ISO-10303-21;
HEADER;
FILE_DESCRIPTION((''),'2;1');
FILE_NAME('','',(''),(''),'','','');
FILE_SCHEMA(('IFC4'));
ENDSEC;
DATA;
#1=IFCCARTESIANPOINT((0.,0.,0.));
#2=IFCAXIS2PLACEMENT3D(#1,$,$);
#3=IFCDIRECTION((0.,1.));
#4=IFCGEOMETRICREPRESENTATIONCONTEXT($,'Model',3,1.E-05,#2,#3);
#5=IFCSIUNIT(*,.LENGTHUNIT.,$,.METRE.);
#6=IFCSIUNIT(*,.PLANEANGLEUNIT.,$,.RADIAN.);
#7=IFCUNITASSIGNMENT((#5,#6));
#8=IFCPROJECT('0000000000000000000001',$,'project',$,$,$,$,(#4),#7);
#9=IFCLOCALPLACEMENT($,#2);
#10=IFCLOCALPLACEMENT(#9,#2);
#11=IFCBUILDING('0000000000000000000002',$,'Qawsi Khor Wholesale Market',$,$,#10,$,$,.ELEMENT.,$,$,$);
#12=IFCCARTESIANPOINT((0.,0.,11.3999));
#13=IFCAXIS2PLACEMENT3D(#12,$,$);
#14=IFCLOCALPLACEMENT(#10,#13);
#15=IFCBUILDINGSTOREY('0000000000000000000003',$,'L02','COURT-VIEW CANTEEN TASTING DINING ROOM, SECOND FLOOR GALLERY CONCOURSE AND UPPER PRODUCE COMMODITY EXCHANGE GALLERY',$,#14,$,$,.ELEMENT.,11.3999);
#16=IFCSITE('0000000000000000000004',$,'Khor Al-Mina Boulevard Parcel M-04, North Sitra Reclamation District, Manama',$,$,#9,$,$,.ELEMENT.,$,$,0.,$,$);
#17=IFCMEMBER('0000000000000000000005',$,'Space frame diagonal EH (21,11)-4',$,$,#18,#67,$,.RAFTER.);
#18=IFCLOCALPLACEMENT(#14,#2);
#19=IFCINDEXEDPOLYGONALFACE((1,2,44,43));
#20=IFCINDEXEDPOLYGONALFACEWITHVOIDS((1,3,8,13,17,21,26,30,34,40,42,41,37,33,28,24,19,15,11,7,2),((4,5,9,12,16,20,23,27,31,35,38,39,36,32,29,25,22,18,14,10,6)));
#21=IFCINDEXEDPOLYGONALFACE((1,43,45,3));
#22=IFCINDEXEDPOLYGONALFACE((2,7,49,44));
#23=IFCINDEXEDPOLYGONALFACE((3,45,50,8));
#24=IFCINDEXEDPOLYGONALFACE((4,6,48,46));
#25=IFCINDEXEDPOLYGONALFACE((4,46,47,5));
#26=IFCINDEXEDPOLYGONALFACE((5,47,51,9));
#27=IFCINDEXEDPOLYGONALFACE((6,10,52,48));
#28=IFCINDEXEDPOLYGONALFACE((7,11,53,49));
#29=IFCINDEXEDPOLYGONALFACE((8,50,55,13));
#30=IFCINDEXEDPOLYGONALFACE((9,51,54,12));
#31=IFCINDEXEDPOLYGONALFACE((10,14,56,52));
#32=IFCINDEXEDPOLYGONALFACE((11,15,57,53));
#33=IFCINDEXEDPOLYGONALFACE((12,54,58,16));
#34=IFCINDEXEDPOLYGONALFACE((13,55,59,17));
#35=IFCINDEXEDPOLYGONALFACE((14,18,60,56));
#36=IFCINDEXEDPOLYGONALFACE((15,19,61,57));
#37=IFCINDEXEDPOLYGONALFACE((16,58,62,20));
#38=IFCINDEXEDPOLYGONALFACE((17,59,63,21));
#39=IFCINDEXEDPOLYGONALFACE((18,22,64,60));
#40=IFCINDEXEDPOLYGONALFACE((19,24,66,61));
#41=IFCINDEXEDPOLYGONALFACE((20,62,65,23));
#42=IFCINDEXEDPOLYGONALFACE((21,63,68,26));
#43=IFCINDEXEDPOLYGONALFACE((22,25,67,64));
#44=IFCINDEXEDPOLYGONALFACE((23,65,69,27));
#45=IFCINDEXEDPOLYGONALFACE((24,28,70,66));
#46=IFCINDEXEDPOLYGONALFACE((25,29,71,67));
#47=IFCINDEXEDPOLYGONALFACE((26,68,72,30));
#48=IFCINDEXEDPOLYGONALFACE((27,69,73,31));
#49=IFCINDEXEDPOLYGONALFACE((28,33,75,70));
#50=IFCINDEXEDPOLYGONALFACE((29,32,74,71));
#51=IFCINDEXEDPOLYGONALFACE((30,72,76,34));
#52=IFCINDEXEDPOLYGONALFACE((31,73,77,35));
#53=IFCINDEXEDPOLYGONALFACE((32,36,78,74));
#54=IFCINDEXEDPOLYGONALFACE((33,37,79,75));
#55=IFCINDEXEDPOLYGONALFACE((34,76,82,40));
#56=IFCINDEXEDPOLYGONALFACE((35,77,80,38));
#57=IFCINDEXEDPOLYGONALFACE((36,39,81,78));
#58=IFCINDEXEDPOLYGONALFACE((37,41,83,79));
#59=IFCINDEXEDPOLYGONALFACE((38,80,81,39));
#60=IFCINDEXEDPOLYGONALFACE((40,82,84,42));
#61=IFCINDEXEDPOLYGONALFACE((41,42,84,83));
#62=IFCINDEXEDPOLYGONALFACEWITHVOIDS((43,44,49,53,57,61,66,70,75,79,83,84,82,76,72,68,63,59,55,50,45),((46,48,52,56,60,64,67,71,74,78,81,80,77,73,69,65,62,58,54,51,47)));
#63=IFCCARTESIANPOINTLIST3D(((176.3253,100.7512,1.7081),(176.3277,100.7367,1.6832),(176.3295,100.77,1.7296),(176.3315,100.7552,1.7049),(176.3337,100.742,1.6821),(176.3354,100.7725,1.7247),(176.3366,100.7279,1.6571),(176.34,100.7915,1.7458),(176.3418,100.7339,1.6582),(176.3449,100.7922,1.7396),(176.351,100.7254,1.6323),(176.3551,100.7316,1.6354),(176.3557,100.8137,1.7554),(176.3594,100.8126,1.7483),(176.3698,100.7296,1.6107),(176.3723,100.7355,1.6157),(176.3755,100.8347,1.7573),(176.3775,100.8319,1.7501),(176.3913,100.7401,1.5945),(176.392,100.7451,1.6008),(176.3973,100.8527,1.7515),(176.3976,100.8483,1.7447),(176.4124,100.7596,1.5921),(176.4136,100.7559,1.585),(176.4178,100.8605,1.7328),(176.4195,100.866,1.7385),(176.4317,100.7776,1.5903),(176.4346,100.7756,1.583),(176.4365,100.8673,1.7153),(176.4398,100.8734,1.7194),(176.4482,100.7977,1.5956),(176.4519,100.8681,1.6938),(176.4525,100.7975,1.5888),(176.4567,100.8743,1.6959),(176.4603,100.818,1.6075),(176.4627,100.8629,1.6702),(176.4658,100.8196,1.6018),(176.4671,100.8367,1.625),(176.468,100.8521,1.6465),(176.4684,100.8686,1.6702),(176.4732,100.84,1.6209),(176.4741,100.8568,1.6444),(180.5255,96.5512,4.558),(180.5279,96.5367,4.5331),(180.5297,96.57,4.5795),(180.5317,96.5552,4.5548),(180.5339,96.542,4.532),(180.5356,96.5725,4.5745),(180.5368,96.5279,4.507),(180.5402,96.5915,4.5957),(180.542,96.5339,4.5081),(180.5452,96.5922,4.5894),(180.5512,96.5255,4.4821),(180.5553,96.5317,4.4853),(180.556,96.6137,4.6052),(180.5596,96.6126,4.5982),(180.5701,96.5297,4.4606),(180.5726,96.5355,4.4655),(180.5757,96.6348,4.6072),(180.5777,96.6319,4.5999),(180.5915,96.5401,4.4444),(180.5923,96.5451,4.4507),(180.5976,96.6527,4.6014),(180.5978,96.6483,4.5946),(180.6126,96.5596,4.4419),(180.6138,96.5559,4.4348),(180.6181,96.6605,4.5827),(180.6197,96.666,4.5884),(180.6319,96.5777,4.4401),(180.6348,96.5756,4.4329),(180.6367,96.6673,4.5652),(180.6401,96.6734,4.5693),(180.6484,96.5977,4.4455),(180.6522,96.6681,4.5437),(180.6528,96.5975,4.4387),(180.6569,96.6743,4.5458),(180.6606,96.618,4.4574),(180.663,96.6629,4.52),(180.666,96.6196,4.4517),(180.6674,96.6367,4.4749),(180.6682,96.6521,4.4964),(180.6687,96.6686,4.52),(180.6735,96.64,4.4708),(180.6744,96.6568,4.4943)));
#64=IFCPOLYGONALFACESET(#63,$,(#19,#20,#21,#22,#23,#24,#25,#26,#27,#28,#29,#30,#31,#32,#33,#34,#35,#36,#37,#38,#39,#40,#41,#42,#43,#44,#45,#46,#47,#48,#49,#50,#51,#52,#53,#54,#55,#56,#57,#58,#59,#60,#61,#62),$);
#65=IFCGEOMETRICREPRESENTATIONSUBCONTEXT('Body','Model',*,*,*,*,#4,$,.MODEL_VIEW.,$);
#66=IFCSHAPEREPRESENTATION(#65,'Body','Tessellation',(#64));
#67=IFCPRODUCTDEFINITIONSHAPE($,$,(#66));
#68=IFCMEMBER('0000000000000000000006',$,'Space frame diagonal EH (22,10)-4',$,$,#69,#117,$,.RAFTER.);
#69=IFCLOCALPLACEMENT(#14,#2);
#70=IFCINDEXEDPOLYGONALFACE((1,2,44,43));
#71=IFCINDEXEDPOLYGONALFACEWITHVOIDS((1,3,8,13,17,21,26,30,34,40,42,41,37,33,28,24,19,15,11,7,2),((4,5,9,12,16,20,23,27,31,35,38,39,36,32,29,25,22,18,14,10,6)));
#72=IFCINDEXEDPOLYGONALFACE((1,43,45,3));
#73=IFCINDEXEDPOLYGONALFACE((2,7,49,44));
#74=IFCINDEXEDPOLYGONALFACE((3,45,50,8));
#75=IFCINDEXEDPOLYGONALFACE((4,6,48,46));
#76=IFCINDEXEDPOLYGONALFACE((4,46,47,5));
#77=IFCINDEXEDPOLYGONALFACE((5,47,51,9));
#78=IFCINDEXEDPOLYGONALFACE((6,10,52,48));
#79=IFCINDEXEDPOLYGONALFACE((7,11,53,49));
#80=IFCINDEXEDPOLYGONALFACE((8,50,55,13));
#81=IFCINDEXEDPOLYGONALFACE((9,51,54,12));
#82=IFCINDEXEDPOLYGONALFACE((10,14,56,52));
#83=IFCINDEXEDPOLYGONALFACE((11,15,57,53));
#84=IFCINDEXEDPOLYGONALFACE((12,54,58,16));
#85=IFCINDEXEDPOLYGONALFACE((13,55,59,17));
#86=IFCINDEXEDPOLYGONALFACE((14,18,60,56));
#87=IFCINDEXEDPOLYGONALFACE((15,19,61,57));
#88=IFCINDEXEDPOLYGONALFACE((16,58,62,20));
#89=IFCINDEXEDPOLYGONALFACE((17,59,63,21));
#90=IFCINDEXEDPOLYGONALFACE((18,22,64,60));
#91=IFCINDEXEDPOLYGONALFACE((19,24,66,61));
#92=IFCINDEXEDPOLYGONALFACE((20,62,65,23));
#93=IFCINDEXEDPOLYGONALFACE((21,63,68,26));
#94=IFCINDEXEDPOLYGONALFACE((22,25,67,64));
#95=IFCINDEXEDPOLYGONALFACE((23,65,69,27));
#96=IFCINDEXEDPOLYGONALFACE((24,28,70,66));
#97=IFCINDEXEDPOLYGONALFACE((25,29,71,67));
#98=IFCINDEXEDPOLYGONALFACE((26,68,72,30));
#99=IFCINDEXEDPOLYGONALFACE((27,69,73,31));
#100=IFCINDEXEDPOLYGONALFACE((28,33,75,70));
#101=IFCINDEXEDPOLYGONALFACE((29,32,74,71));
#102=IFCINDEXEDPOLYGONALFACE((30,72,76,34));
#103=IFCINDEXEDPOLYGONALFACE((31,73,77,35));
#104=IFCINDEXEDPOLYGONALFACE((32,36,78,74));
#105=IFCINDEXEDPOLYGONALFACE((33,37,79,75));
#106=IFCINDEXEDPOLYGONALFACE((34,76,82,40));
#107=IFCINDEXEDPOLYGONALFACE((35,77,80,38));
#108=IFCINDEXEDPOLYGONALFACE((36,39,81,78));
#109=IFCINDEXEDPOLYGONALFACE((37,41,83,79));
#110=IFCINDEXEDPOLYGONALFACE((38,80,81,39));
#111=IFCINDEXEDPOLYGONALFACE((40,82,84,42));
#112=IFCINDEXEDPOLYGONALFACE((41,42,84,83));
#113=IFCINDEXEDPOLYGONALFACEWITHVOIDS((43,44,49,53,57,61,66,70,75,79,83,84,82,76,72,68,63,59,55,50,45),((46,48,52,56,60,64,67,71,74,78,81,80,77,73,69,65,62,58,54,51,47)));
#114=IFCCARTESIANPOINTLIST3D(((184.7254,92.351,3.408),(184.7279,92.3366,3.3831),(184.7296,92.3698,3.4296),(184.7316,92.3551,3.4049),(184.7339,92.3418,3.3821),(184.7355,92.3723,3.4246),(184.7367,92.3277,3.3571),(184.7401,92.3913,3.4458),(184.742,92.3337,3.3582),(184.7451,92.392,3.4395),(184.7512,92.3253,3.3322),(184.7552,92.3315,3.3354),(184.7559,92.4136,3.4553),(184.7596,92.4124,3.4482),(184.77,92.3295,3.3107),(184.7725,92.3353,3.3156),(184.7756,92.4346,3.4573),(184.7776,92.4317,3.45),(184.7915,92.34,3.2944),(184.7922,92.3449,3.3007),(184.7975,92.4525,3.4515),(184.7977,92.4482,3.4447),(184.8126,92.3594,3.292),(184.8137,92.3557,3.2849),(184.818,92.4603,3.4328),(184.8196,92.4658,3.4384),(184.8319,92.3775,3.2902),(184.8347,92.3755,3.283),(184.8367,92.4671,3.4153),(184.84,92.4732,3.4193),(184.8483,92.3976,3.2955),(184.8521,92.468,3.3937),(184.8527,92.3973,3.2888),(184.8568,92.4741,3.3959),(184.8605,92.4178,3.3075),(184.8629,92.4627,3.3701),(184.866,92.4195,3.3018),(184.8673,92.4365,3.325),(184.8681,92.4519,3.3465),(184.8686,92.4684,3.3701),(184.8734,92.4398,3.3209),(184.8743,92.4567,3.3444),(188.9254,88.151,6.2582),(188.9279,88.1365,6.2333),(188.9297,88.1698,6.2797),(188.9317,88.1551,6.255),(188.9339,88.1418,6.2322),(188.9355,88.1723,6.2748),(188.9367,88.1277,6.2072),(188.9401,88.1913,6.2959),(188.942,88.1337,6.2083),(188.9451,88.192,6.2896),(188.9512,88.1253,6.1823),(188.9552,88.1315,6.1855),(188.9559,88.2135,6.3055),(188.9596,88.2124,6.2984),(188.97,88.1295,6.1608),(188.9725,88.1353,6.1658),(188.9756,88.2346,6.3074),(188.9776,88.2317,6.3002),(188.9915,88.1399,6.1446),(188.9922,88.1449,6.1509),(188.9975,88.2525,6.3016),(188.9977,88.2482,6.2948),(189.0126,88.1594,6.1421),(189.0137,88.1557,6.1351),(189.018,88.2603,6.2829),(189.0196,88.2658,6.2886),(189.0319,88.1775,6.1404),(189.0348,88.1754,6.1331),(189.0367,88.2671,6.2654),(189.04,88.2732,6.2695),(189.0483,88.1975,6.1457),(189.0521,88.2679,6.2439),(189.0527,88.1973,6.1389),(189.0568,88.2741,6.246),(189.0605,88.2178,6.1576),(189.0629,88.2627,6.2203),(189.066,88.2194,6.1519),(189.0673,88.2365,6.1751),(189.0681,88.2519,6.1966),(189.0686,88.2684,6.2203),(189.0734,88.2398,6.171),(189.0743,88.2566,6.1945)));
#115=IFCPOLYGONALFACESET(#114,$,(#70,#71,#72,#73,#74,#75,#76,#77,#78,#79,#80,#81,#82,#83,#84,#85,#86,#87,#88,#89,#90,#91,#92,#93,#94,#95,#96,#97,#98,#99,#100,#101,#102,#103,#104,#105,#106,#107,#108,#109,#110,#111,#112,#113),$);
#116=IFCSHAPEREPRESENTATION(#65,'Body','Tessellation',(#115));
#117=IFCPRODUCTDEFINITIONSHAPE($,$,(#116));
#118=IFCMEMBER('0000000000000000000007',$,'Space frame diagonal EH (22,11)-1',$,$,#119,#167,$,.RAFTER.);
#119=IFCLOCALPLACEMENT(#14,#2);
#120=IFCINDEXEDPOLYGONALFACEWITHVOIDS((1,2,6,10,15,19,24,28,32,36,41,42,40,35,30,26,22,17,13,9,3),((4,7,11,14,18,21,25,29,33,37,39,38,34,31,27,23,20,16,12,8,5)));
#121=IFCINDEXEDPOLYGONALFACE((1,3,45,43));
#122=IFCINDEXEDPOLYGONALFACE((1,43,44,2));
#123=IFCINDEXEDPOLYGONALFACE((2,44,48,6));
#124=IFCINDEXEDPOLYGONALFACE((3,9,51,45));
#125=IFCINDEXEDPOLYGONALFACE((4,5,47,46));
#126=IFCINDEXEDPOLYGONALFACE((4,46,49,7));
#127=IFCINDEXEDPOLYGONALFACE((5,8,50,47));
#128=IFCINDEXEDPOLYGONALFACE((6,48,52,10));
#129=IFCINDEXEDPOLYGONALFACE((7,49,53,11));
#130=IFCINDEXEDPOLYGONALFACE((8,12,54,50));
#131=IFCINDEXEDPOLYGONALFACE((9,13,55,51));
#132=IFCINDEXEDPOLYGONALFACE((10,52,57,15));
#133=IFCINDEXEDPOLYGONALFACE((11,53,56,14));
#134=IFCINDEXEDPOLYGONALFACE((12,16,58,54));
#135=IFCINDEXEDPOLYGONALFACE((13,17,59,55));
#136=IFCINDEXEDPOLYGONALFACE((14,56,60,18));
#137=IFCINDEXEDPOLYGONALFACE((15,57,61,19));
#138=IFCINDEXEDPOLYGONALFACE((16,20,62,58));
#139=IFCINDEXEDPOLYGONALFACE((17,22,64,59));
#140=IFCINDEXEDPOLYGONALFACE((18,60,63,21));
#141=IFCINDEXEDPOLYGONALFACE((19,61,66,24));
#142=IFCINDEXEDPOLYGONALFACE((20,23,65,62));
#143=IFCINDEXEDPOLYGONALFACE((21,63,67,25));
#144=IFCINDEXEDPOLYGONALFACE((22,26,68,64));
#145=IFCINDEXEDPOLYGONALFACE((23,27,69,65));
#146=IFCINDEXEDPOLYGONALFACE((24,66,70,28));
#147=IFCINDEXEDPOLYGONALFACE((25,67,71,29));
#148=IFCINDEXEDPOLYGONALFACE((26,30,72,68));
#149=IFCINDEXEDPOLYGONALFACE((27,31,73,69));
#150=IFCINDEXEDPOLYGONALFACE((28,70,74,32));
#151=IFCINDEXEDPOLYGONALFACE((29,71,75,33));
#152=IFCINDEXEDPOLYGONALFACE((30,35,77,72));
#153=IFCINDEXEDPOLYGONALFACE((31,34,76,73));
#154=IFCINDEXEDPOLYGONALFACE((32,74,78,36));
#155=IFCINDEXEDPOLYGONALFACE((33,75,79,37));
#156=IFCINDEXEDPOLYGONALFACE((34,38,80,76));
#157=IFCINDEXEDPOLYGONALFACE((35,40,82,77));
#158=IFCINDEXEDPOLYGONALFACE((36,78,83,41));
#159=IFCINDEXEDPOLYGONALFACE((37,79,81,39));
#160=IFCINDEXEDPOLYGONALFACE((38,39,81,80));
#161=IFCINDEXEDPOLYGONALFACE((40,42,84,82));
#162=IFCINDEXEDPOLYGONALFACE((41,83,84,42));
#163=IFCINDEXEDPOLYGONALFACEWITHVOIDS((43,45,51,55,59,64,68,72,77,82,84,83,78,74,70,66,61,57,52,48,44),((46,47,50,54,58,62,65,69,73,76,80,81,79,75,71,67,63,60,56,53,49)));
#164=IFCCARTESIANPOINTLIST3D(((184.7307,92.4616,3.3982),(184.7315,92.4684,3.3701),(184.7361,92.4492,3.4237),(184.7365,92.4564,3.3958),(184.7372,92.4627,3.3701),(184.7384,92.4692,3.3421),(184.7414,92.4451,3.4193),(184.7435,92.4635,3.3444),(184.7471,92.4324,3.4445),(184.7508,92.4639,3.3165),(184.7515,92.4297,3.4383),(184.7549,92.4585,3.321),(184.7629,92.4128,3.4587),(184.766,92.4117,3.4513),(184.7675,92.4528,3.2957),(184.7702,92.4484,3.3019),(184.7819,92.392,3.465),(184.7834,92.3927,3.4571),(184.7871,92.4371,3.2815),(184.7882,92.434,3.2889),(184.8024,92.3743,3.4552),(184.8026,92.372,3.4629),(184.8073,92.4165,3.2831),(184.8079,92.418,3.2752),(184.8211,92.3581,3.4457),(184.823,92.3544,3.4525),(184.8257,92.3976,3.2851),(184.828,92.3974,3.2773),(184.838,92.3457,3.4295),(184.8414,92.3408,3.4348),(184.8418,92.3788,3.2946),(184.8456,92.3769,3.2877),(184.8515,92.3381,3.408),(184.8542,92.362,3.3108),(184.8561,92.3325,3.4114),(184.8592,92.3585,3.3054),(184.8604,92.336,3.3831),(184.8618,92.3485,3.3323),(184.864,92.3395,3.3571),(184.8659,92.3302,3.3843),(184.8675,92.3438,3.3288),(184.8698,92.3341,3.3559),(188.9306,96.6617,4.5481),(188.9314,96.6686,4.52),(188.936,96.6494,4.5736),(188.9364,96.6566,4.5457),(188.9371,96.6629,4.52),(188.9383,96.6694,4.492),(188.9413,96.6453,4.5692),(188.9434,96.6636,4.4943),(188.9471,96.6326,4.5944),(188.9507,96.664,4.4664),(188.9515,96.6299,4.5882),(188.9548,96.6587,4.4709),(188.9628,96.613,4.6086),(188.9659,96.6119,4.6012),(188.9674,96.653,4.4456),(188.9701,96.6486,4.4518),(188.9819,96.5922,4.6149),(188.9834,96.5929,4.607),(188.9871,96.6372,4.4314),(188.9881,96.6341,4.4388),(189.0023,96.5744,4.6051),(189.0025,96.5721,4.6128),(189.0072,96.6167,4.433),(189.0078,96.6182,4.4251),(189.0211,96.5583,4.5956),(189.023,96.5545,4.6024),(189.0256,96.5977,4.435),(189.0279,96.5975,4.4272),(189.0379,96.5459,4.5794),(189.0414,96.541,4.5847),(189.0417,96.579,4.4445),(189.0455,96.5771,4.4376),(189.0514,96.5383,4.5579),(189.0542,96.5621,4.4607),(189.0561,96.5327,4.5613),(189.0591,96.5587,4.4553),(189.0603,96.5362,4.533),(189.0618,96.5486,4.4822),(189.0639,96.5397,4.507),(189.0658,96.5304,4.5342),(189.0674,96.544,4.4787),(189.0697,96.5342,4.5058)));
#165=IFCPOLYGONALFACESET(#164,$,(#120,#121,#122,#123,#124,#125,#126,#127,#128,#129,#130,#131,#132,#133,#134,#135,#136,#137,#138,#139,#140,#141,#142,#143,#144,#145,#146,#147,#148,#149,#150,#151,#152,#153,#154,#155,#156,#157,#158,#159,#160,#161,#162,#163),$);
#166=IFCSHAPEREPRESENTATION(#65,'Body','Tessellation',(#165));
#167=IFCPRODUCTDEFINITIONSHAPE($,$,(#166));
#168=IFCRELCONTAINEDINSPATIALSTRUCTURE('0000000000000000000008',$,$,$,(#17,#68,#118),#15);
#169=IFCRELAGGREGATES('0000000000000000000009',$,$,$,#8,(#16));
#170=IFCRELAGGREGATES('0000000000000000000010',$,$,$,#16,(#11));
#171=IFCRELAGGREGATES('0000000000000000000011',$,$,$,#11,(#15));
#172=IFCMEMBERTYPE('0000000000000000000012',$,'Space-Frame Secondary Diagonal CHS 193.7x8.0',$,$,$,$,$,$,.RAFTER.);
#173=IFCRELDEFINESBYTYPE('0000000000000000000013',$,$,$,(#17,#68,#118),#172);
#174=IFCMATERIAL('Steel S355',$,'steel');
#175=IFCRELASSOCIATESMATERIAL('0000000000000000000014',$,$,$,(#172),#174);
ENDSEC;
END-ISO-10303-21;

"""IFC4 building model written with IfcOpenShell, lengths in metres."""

from ifc_helpers import new_model, si_unit, direction, frame, origin, origin_2d, place, context, subcontext, project, spatial, hollow_circle, extrude, material, material_profile, profile_set, type_object, element, save


model = new_model("IFC4")

# Units and contexts
model_context = context("Model", 3, precision=1e-05, world=origin(), true_north=direction((0.0, 1.0)))
body_context = subcontext(model_context, "Body", "Model", "MODEL_VIEW")
ifc_project = project(units=[si_unit("LENGTHUNIT", "METRE"), si_unit("PLANEANGLEUNIT", "RADIAN")], contexts=[model_context])

# Site, building, storey
site_placement = place(None, origin())
site = spatial("IfcSite", under=ifc_project, at=site_placement, Name="Khor Al-Mina Boulevard Parcel M-04, North Sitra Reclamation District, Manama", CompositionType="ELEMENT", RefElevation=0.0)
building_placement = place(site_placement, origin())
building = spatial("IfcBuilding", under=site, at=building_placement, Name="Qawsi Khor Wholesale Market", CompositionType="ELEMENT")
storey_placement = place(building_placement, frame((0.0, 0.0, 11.3999)))
storey = spatial("IfcBuildingStorey", under=building, at=storey_placement, Name="L02", Description="COURT-VIEW CANTEEN TASTING DINING ROOM, SECOND FLOOR GALLERY CONCOURSE AND UPPER PRODUCE COMMODITY EXCHANGE GALLERY", CompositionType="ELEMENT", Elevation=11.3999)

# Members
ifc_material_1 = material(Name="Steel S355", Category="steel")
ifc_material_profile_1 = material_profile(ifc_material_1, hollow_circle(Radius=0.0969, WallThickness=0.0081, at=origin_2d()), Name="CHS 193.7x8.0")
ifc_profile_set_1 = profile_set([ifc_material_profile_1], Name="Steel S355")
member_type_1 = type_object("IfcMemberType", Name="Space-Frame Secondary Diagonal CHS 193.7x8.0", PredefinedType="RAFTER", material=ifc_profile_set_1)
for number, where, z_axis, x_axis, name in (
    (1, (176.3999, 100.8, 1.6702), (0.637544, -0.637507, 0.432577), (0.707086, 0.707127, 0.0), "Space frame diagonal EH (21,11)-4"),
    (2, (184.8, 92.3999, 3.3701), (0.637512, -0.637512, 0.432617), (0.707107, 0.707107, 0.0), "Space frame diagonal EH (22,10)-4"),
):
    element("IfcMember", number, at=place(storey_placement, frame(where, z_axis=z_axis, x_axis=x_axis)), inside=storey, type_object=member_type_1, Name=name, PredefinedType="RAFTER", context=body_context, shape_type="SweptSolid", body=[
        extrude(hollow_circle(Radius=0.0969, WallThickness=0.0081, at=origin_2d()), origin(), (0.0, 0.0, 1.0), 6.5881),
    ])
member_1_placement = place(storey_placement, frame((184.8, 92.3999, 3.3701), z_axis=(0.694197, 0.694238, 0.190064), x_axis=(-0.707127, 0.707086, 0.0)))
element("IfcMember", 3, at=member_1_placement, inside=storey, type_object=member_type_1, Name="Space frame diagonal EH (22,11)-1", PredefinedType="RAFTER", context=body_context, shape_type="SweptSolid", body=[
    extrude(hollow_circle(Radius=0.0969, WallThickness=0.0081, at=origin_2d()), origin(), (0.0, 0.0, 1.0), 6.05),
])

save(model, "model.ifc")
